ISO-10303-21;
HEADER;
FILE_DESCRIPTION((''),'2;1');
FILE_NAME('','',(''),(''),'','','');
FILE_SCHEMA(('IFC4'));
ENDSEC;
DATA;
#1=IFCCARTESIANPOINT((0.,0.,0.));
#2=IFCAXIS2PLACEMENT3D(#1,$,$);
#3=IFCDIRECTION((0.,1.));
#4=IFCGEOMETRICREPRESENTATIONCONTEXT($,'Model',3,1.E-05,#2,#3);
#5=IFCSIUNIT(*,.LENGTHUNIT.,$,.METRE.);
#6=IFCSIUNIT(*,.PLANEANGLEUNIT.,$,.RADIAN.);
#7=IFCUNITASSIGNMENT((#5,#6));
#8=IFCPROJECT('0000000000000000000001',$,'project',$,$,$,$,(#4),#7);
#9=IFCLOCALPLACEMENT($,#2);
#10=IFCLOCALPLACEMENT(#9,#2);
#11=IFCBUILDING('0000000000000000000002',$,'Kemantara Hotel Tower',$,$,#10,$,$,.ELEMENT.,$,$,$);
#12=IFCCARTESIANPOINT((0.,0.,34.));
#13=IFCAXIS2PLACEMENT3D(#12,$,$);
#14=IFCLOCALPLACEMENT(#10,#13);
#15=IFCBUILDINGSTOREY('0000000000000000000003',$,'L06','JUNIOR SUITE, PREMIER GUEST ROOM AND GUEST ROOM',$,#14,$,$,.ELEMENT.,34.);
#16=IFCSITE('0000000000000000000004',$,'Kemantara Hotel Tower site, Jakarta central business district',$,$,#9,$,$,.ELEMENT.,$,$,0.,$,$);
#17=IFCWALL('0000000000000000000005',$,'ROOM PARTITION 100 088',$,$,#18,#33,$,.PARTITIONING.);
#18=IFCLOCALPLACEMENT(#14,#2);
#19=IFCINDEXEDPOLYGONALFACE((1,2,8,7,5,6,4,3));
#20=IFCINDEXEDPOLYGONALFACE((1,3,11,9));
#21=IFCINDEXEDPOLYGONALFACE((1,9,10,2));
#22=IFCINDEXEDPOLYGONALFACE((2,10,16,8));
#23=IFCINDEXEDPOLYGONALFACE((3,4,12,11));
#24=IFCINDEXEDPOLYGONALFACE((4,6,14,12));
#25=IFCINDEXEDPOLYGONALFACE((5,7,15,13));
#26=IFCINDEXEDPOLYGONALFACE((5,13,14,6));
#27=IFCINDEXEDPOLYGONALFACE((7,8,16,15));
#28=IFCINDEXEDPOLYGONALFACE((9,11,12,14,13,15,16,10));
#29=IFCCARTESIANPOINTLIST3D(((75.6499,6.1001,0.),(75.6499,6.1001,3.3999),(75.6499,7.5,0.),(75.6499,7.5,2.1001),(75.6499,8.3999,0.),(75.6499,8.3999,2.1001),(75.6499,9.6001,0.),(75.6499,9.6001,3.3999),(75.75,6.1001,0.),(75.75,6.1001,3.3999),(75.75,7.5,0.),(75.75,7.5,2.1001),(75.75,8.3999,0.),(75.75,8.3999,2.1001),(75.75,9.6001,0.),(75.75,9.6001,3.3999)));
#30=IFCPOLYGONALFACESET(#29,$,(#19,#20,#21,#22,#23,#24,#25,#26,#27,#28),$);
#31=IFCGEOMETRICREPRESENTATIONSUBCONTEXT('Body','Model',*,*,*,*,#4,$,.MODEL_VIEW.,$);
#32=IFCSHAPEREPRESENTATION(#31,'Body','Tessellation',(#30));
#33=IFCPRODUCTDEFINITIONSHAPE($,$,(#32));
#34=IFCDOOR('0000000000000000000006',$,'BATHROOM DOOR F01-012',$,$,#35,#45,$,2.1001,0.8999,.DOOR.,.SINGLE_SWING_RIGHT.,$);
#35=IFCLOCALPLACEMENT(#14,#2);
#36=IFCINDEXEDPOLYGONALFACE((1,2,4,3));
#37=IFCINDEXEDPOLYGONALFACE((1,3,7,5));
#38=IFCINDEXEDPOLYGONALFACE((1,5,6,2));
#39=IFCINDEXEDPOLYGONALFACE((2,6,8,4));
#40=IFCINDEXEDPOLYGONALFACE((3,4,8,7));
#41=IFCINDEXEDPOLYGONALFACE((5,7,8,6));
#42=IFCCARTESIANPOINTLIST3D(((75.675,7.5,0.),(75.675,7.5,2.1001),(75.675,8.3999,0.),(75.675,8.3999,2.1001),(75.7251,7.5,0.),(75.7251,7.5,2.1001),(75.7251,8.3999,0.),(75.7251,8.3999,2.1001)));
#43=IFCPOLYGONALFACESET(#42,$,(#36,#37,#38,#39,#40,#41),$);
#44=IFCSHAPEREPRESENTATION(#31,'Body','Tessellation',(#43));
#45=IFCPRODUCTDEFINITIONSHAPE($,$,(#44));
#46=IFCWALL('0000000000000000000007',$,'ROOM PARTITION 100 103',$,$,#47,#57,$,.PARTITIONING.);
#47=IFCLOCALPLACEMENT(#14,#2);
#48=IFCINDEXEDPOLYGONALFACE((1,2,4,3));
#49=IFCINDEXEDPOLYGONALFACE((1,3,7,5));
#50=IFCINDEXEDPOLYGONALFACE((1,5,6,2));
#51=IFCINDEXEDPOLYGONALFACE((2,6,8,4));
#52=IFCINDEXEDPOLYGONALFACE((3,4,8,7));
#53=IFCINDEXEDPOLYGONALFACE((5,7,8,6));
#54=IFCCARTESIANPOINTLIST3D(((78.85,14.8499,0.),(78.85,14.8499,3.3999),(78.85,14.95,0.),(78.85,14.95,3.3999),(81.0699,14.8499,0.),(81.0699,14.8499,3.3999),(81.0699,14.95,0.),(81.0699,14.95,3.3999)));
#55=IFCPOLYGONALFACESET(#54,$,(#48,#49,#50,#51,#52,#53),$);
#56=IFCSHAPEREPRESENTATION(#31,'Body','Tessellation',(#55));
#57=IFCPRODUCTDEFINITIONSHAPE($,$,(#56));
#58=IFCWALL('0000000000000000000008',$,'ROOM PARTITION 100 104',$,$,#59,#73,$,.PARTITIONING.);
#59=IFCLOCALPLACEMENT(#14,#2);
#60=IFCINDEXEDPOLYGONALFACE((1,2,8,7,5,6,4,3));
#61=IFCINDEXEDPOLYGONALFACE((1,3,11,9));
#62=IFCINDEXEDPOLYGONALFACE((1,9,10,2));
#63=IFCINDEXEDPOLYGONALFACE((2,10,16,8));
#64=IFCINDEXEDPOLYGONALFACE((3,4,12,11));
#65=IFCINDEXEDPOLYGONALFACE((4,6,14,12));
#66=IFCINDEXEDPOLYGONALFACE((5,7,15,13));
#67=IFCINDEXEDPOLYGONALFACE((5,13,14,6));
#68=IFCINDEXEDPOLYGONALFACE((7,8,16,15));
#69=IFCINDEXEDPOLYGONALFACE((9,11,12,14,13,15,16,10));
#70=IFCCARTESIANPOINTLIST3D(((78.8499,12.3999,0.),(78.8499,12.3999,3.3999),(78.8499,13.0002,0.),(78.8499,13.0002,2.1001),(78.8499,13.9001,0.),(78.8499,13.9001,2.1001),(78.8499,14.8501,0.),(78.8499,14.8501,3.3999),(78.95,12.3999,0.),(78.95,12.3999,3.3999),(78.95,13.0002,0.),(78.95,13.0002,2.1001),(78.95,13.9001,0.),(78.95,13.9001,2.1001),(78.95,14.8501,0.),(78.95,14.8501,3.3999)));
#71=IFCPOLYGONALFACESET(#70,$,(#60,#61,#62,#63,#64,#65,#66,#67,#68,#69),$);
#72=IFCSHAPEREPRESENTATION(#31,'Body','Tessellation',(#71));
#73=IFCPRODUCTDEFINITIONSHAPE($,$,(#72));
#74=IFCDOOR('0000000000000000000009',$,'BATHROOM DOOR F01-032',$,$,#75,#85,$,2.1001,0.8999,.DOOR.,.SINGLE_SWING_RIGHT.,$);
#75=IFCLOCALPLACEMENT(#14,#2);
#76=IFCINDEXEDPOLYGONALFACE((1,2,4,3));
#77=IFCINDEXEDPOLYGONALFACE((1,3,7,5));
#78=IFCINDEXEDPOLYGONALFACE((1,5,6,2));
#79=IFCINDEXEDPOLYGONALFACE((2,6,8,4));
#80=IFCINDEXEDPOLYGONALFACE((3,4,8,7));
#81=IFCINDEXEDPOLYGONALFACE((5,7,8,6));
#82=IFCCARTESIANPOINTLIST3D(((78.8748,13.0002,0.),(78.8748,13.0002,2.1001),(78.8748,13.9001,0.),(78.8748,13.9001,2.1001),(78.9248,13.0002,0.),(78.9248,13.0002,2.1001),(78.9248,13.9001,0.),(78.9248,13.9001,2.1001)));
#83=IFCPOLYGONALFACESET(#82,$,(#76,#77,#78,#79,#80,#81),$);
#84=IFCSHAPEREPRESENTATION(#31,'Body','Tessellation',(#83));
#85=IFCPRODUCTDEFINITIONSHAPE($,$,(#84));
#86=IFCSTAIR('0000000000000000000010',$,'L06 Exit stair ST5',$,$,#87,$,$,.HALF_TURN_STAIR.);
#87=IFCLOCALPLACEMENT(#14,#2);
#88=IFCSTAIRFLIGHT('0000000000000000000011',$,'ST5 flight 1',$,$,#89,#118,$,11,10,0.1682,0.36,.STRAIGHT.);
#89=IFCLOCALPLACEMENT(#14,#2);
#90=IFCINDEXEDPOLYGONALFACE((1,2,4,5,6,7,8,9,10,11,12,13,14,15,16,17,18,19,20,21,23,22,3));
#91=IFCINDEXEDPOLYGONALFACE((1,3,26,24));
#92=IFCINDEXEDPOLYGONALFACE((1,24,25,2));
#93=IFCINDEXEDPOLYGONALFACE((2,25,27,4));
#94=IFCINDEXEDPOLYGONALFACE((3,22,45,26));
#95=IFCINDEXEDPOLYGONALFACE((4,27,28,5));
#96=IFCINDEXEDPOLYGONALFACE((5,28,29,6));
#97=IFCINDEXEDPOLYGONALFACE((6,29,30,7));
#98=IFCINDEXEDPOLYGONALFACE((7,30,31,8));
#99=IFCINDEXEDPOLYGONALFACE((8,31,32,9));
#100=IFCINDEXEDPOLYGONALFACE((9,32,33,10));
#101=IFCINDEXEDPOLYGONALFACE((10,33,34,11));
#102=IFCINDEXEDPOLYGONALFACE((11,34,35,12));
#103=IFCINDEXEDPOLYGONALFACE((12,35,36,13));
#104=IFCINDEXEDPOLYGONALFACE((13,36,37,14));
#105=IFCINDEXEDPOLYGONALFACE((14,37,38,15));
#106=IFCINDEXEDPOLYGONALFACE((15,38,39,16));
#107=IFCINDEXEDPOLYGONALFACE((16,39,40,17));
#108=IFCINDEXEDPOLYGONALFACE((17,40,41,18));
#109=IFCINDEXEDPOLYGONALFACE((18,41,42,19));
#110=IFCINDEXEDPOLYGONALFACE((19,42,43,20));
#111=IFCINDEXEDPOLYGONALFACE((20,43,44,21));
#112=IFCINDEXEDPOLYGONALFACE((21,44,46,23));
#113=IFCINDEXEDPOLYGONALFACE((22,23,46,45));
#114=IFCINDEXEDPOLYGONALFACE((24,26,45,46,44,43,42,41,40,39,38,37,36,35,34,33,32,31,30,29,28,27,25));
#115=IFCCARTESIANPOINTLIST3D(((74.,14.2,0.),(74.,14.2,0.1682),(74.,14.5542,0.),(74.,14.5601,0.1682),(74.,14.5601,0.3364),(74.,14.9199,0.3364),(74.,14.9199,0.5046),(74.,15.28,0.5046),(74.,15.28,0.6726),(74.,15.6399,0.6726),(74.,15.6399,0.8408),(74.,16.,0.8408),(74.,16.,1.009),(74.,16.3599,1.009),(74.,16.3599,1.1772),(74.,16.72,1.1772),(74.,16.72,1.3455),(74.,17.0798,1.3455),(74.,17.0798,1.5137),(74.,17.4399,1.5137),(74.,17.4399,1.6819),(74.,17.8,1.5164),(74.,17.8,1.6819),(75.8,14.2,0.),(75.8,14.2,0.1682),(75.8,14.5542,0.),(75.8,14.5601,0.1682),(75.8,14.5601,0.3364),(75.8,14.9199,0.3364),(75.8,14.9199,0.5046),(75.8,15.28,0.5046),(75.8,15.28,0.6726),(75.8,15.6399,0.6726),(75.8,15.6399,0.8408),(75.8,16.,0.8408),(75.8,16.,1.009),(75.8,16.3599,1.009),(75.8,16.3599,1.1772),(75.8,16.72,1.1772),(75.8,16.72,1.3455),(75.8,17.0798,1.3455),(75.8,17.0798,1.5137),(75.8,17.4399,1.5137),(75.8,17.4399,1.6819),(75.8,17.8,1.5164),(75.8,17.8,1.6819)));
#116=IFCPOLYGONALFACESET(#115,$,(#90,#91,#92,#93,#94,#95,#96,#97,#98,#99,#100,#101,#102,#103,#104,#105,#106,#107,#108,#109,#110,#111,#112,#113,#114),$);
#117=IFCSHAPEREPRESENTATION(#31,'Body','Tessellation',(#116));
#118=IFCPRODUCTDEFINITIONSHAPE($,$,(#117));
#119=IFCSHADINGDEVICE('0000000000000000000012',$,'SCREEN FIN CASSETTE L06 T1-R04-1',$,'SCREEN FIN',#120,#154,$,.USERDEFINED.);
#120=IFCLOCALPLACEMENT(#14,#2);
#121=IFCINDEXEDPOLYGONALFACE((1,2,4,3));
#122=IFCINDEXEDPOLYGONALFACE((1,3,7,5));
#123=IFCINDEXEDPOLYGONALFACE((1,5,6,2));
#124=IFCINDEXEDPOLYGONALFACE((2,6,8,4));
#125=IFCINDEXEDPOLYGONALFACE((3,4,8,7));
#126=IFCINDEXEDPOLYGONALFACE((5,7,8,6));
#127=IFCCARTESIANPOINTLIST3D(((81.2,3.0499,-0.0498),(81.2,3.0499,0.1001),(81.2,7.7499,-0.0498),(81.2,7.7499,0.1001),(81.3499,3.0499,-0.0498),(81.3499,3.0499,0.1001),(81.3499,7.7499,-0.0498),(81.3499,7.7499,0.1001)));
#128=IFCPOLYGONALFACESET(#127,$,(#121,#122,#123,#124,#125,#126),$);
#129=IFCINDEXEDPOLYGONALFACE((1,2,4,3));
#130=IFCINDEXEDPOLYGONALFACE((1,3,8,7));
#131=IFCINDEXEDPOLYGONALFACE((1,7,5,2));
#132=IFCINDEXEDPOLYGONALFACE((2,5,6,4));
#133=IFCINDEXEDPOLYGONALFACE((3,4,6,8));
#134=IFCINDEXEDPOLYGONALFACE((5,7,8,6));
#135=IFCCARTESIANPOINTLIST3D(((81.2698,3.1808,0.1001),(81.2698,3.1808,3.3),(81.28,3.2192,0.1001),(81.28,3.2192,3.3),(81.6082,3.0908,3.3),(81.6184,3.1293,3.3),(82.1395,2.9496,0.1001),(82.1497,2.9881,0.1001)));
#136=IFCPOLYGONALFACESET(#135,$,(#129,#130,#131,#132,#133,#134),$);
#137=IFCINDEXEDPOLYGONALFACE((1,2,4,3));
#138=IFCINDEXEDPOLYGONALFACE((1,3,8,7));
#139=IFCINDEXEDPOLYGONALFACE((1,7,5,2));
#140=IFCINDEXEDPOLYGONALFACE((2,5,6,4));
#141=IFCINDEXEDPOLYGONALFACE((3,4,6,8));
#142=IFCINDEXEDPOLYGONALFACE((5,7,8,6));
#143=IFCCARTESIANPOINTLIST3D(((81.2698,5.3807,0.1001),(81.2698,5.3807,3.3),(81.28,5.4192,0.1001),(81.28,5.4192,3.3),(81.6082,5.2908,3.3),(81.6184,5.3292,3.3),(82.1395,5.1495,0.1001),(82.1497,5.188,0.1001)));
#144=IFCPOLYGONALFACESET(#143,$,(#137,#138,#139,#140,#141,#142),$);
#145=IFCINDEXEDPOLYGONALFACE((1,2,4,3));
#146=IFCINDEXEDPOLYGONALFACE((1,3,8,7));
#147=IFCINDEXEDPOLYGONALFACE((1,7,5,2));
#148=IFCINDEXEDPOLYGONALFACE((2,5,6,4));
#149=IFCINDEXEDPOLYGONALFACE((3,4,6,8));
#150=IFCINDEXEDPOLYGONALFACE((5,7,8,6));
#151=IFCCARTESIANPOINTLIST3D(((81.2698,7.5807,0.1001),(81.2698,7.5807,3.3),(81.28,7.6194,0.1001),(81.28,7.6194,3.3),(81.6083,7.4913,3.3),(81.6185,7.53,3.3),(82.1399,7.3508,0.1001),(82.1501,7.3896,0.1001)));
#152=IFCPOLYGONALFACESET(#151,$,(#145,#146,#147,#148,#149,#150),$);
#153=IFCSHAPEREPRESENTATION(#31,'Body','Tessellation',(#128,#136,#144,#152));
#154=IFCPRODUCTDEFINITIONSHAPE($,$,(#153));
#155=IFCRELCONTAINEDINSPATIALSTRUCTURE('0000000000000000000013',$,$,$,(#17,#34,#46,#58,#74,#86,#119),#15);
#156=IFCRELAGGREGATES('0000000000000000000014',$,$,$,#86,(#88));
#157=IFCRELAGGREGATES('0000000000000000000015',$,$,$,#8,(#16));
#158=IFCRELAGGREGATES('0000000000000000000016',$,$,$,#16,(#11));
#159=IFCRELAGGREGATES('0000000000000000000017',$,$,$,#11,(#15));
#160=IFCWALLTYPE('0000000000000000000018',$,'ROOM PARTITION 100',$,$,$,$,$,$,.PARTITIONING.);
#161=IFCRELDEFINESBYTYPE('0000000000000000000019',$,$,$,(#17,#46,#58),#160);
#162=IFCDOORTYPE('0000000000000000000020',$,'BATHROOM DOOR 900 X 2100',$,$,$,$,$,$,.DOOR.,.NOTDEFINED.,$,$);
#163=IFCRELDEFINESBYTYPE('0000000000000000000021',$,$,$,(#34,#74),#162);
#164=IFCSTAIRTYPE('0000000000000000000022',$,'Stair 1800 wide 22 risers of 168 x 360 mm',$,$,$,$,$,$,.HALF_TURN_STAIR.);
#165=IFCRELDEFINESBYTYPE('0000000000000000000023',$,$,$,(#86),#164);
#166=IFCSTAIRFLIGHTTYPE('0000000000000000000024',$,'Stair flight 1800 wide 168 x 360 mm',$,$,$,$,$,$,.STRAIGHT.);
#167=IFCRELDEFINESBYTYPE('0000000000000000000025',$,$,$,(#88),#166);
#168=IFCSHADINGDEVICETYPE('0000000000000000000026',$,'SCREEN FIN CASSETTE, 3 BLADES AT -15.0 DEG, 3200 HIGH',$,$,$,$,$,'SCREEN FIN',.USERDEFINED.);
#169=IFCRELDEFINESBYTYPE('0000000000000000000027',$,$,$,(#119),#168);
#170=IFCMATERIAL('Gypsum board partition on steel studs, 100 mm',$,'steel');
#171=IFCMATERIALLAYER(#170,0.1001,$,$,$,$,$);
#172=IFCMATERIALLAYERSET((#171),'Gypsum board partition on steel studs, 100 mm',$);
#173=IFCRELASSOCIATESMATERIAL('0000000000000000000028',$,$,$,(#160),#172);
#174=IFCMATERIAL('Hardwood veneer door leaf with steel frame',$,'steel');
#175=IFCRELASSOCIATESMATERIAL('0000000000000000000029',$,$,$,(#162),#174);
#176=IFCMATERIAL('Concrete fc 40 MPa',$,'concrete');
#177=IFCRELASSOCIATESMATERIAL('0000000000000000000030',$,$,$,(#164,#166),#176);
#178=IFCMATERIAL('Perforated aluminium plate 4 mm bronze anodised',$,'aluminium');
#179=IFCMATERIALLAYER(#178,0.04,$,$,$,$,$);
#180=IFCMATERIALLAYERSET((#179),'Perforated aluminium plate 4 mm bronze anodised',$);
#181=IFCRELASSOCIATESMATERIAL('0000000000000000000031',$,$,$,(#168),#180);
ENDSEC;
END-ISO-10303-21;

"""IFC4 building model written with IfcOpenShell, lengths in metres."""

from ifc_helpers import new_model, si_unit, direction, frame, frame_2d, origin, origin_2d, place, context, subcontext, project, spatial, polyline, rectangle, outline, extrude, source, transform, mapped, material, layer, layer_set, type_object, element, fill, aggregate, save


model = new_model("IFC4")

# Units and contexts
model_context = context("Model", 3, precision=1e-05, world=origin(), true_north=direction((0.0, 1.0)))
body_context = subcontext(model_context, "Body", "Model", "MODEL_VIEW")
ifc_project = project(units=[si_unit("LENGTHUNIT", "METRE"), si_unit("PLANEANGLEUNIT", "RADIAN")], contexts=[model_context])

# Site, building, storey
site_placement = place(None, origin())
site = spatial("IfcSite", under=ifc_project, at=site_placement, Name="Kemantara Hotel Tower site, Jakarta central business district", CompositionType="ELEMENT", RefElevation=0.0)
building_placement = place(site_placement, origin())
building = spatial("IfcBuilding", under=site, at=building_placement, Name="Kemantara Hotel Tower", CompositionType="ELEMENT")
storey_placement = place(building_placement, frame((0.0, 0.0, 34.0)))
storey = spatial("IfcBuildingStorey", under=building, at=storey_placement, Name="L06", Description="JUNIOR SUITE, PREMIER GUEST ROOM AND GUEST ROOM", CompositionType="ELEMENT", Elevation=34.0)

# Shared definitions
ifc_material_1 = material(Name="Hardwood veneer door leaf with steel frame", Category="steel")
ifc_material_2 = material(Name="Concrete fc 40 MPa", Category="concrete")

# Shared definitions
ifc_material_3 = material(Name="Gypsum board partition on steel studs, 100 mm", Category="steel")
ifc_layer_1 = layer(ifc_material_3, 0.1001)
ifc_layer_set_1 = layer_set([ifc_layer_1], Name="Gypsum board partition on steel studs, 100 mm")
wall_type_1 = type_object("IfcWallType", Name="ROOM PARTITION 100", PredefinedType="PARTITIONING", material=ifc_layer_set_1)

# Wall, opening, door
wall_1_placement = place(storey_placement, frame((75.7, 6.1001, 0.0), z_axis=(0.0, 0.0, 1.0), x_axis=(0.0, 1.0, 0.0)))
wall_1 = element("IfcWall", 1, at=wall_1_placement, inside=storey, type_object=wall_type_1, Name="ROOM PARTITION 100 088", PredefinedType="PARTITIONING", context=body_context, shape_type="SweptSolid", body=[
    extrude(rectangle(XDim=3.5, YDim=0.1001, at=frame_2d((1.75, 0.0))), origin(), (0.0, 0.0, 1.0), 3.3999),
])
opening_1_placement = place(wall_1_placement, frame((1.3999, 0.0, 0.0)))
opening_1 = element("IfcOpeningElement", 2, at=opening_1_placement, cuts=wall_1, PredefinedType="OPENING", context=body_context, shape_type="SweptSolid", body=[
    extrude(rectangle(XDim=0.8999, YDim=2.1001, at=frame_2d((0.45, 1.05))), frame((0.0, 0.0601, 0.0), z_axis=(0.0, -1.0, 0.0), x_axis=(1.0, 0.0, 0.0)), (0.0, 0.0, 1.0), 0.1201),
])
door_type_1 = type_object("IfcDoorType", Name="BATHROOM DOOR 900 X 2100", OperationType="NOTDEFINED", PredefinedType="DOOR", material=ifc_material_1)
door_1_placement = place(opening_1_placement, origin())
door_1 = element("IfcDoor", 3, at=door_1_placement, inside=storey, type_object=door_type_1, Name="BATHROOM DOOR F01-012", OperationType="SINGLE_SWING_RIGHT", OverallHeight=2.1001, OverallWidth=0.8999, PredefinedType="DOOR", context=body_context, shape_type="SweptSolid", body=[
    extrude(rectangle(XDim=0.8999, YDim=2.1001, at=frame_2d((0.45, 1.05))), frame((0.0, 0.0249, 0.0), z_axis=(0.0, -1.0, 0.0), x_axis=(1.0, 0.0, 0.0)), (0.0, 0.0, 1.0), 0.05),
])
fill(opening_1, door_1)

# Wall
wall_2_placement = place(storey_placement, frame((78.8501, 14.8999, 0.0), z_axis=(0.0, 0.0, 1.0), x_axis=(1.0, 0.0, 0.0)))
element("IfcWall", 4, at=wall_2_placement, inside=storey, type_object=wall_type_1, Name="ROOM PARTITION 100 103", PredefinedType="PARTITIONING", context=body_context, shape_type="SweptSolid", body=[
    extrude(rectangle(XDim=2.22, YDim=0.1001, at=frame_2d((1.1099, 0.0))), origin(), (0.0, 0.0, 1.0), 3.3999),
])

# Wall, opening, door
wall_3_placement = place(storey_placement, frame((78.8999, 14.8501, 0.0), z_axis=(0.0, 0.0, 1.0), x_axis=(0.0, -1.0, 0.0)))
wall_3 = element("IfcWall", 5, at=wall_3_placement, inside=storey, type_object=wall_type_1, Name="ROOM PARTITION 100 104", PredefinedType="PARTITIONING", context=body_context, shape_type="SweptSolid", body=[
    extrude(rectangle(XDim=2.4502, YDim=0.1001, at=frame_2d((1.2251, 0.0))), origin(), (0.0, 0.0, 1.0), 3.3999),
])
opening_2_placement = place(wall_3_placement, frame((0.95, 0.0, 0.0)))
opening_2 = element("IfcOpeningElement", 6, at=opening_2_placement, cuts=wall_3, PredefinedType="OPENING", context=body_context, shape_type="SweptSolid", body=[
    extrude(rectangle(XDim=0.8999, YDim=2.1001, at=frame_2d((0.45, 1.05))), frame((0.0, 0.0601, 0.0), z_axis=(0.0, -1.0, 0.0), x_axis=(1.0, 0.0, 0.0)), (0.0, 0.0, 1.0), 0.1201),
])
door_2_placement = place(opening_2_placement, origin())
door_2 = element("IfcDoor", 7, at=door_2_placement, inside=storey, type_object=door_type_1, Name="BATHROOM DOOR F01-032", OperationType="SINGLE_SWING_RIGHT", OverallHeight=2.1001, OverallWidth=0.8999, PredefinedType="DOOR", context=body_context, shape_type="SweptSolid", body=[
    extrude(rectangle(XDim=0.8999, YDim=2.1001, at=frame_2d((0.45, 1.05))), frame((0.0, 0.0249, 0.0), z_axis=(0.0, -1.0, 0.0), x_axis=(1.0, 0.0, 0.0)), (0.0, 0.0, 1.0), 0.05),
])
fill(opening_2, door_2)

# Stair, stair flight
stair_type = type_object("IfcStairType", Name="Stair 1800 wide 22 risers of 168 x 360 mm", PredefinedType="HALF_TURN_STAIR", material=ifc_material_2)
stair_placement = place(storey_placement, origin())
stair = element("IfcStair", 8, at=stair_placement, inside=storey, type_object=stair_type, Name="L06 Exit stair ST5", PredefinedType="HALF_TURN_STAIR")
stair_flight_type = type_object("IfcStairFlightType", Name="Stair flight 1800 wide 168 x 360 mm", PredefinedType="STRAIGHT", material=ifc_material_2)
stair_flight_placement = place(storey_placement, frame((74.8999, 14.2, 0.0), z_axis=(0.0, 0.0, 1.0), x_axis=(0.0, 1.0, 0.0)))
stair_flight = element("IfcStairFlight", 9, at=stair_flight_placement, type_object=stair_flight_type, Name="ST5 flight 1", NumberOfRisers=11, NumberOfTreads=10, PredefinedType="STRAIGHT", RiserHeight=0.1682, TreadLength=0.36, context=body_context, shape_type="SweptSolid", body=[
    extrude(outline(polyline([(0.0, 0.0), (0.0, 0.1682), (0.3601, 0.1682), (0.3601, 0.3364), (0.72, 0.3364), (0.72, 0.5046), (1.0801, 0.5046), (1.0801, 0.6726), (1.4399, 0.6726), (1.4399, 0.8408), (1.8, 0.8408), (1.8, 1.009), (2.1599, 1.009), (2.1599, 1.1772), (2.52, 1.1772), (2.52, 1.3455), (2.8799, 1.3455), (2.8799, 1.5137), (3.24, 1.5137), (3.24, 1.6819), (3.6001, 1.6819), (3.6001, 1.8501), (3.6001, 1.5164), (0.3542, 0.0), (0.0, 0.0)])), frame((0.0, 0.8999, 0.0), z_axis=(0.0, -1.0, 0.0), x_axis=(1.0, 0.0, 0.0)), (0.0, 0.0, 1.0), 1.8),
])
aggregate(stair, [stair_flight])

# Shading device
ifc_material_4 = material(Name="Perforated aluminium plate 4 mm bronze anodised", Category="aluminium")
ifc_layer_2 = layer(ifc_material_4, 0.04)
ifc_layer_set_2 = layer_set([ifc_layer_2], Name="Perforated aluminium plate 4 mm bronze anodised")
shading_device_type_1 = type_object("IfcShadingDeviceType", Name="SCREEN FIN CASSETTE, 3 BLADES AT -15.0 DEG, 3200 HIGH", ElementType="SCREEN FIN", PredefinedType="USERDEFINED", material=ifc_layer_set_2)
shared_shape_1 = source(origin(), body_context, "Body", "SweptSolid", [
    extrude(rectangle(XDim=4.7, YDim=0.1499, at=origin_2d()), frame((2.2, -0.075, -0.1499), z_axis=(0.0, 0.0, 1.0), x_axis=(1.0, 0.0, 0.0)), (0.0, 0.0, 1.0), 0.1499),
    extrude(outline(polyline([(0.0, 0.0), (0.8999, 0.0), (0.3501, 3.2), (0.0, 3.2), (0.0, 0.0)])), frame((0.0193, -0.0801, 0.0), z_axis=(-0.966438, 0.256901, 0.0), x_axis=(-0.256901, -0.966438, 0.0)), (0.0, 0.0, 1.0), 0.0398),
    extrude(outline(polyline([(0.0, 0.0), (0.8999, 0.0), (0.3501, 3.2), (0.0, 3.2), (0.0, 0.0)])), frame((2.2192, -0.0801, 0.0), z_axis=(-0.966438, 0.256901, 0.0), x_axis=(-0.256901, -0.966438, 0.0)), (0.0, 0.0, 1.0), 0.0398),
    extrude(outline(polyline([(0.0, 0.0), (0.8999, 0.0), (0.3501, 3.2), (0.0, 3.2), (0.0, 0.0)])), frame((4.4194, -0.0801, 0.0), z_axis=(-0.966838, 0.255391, 0.0), x_axis=(-0.255391, -0.966838, 0.0)), (0.0, 0.0, 1.0), 0.04),
])
shading_device_1_placement = place(storey_placement, frame((81.2, 3.2, 0.1001), z_axis=(0.0, 0.0, 1.0), x_axis=(0.0, 1.0, 0.0)))
element("IfcShadingDevice", 10, at=shading_device_1_placement, inside=storey, type_object=shading_device_type_1, Name="SCREEN FIN CASSETTE L06 T1-R04-1", ObjectType="SCREEN FIN", PredefinedType="USERDEFINED", context=body_context, shape_type="MappedRepresentation", body=[
    mapped(shared_shape_1, transform((0.0, 0.0, 0.0))),
])

save(model, "model.ifc")
